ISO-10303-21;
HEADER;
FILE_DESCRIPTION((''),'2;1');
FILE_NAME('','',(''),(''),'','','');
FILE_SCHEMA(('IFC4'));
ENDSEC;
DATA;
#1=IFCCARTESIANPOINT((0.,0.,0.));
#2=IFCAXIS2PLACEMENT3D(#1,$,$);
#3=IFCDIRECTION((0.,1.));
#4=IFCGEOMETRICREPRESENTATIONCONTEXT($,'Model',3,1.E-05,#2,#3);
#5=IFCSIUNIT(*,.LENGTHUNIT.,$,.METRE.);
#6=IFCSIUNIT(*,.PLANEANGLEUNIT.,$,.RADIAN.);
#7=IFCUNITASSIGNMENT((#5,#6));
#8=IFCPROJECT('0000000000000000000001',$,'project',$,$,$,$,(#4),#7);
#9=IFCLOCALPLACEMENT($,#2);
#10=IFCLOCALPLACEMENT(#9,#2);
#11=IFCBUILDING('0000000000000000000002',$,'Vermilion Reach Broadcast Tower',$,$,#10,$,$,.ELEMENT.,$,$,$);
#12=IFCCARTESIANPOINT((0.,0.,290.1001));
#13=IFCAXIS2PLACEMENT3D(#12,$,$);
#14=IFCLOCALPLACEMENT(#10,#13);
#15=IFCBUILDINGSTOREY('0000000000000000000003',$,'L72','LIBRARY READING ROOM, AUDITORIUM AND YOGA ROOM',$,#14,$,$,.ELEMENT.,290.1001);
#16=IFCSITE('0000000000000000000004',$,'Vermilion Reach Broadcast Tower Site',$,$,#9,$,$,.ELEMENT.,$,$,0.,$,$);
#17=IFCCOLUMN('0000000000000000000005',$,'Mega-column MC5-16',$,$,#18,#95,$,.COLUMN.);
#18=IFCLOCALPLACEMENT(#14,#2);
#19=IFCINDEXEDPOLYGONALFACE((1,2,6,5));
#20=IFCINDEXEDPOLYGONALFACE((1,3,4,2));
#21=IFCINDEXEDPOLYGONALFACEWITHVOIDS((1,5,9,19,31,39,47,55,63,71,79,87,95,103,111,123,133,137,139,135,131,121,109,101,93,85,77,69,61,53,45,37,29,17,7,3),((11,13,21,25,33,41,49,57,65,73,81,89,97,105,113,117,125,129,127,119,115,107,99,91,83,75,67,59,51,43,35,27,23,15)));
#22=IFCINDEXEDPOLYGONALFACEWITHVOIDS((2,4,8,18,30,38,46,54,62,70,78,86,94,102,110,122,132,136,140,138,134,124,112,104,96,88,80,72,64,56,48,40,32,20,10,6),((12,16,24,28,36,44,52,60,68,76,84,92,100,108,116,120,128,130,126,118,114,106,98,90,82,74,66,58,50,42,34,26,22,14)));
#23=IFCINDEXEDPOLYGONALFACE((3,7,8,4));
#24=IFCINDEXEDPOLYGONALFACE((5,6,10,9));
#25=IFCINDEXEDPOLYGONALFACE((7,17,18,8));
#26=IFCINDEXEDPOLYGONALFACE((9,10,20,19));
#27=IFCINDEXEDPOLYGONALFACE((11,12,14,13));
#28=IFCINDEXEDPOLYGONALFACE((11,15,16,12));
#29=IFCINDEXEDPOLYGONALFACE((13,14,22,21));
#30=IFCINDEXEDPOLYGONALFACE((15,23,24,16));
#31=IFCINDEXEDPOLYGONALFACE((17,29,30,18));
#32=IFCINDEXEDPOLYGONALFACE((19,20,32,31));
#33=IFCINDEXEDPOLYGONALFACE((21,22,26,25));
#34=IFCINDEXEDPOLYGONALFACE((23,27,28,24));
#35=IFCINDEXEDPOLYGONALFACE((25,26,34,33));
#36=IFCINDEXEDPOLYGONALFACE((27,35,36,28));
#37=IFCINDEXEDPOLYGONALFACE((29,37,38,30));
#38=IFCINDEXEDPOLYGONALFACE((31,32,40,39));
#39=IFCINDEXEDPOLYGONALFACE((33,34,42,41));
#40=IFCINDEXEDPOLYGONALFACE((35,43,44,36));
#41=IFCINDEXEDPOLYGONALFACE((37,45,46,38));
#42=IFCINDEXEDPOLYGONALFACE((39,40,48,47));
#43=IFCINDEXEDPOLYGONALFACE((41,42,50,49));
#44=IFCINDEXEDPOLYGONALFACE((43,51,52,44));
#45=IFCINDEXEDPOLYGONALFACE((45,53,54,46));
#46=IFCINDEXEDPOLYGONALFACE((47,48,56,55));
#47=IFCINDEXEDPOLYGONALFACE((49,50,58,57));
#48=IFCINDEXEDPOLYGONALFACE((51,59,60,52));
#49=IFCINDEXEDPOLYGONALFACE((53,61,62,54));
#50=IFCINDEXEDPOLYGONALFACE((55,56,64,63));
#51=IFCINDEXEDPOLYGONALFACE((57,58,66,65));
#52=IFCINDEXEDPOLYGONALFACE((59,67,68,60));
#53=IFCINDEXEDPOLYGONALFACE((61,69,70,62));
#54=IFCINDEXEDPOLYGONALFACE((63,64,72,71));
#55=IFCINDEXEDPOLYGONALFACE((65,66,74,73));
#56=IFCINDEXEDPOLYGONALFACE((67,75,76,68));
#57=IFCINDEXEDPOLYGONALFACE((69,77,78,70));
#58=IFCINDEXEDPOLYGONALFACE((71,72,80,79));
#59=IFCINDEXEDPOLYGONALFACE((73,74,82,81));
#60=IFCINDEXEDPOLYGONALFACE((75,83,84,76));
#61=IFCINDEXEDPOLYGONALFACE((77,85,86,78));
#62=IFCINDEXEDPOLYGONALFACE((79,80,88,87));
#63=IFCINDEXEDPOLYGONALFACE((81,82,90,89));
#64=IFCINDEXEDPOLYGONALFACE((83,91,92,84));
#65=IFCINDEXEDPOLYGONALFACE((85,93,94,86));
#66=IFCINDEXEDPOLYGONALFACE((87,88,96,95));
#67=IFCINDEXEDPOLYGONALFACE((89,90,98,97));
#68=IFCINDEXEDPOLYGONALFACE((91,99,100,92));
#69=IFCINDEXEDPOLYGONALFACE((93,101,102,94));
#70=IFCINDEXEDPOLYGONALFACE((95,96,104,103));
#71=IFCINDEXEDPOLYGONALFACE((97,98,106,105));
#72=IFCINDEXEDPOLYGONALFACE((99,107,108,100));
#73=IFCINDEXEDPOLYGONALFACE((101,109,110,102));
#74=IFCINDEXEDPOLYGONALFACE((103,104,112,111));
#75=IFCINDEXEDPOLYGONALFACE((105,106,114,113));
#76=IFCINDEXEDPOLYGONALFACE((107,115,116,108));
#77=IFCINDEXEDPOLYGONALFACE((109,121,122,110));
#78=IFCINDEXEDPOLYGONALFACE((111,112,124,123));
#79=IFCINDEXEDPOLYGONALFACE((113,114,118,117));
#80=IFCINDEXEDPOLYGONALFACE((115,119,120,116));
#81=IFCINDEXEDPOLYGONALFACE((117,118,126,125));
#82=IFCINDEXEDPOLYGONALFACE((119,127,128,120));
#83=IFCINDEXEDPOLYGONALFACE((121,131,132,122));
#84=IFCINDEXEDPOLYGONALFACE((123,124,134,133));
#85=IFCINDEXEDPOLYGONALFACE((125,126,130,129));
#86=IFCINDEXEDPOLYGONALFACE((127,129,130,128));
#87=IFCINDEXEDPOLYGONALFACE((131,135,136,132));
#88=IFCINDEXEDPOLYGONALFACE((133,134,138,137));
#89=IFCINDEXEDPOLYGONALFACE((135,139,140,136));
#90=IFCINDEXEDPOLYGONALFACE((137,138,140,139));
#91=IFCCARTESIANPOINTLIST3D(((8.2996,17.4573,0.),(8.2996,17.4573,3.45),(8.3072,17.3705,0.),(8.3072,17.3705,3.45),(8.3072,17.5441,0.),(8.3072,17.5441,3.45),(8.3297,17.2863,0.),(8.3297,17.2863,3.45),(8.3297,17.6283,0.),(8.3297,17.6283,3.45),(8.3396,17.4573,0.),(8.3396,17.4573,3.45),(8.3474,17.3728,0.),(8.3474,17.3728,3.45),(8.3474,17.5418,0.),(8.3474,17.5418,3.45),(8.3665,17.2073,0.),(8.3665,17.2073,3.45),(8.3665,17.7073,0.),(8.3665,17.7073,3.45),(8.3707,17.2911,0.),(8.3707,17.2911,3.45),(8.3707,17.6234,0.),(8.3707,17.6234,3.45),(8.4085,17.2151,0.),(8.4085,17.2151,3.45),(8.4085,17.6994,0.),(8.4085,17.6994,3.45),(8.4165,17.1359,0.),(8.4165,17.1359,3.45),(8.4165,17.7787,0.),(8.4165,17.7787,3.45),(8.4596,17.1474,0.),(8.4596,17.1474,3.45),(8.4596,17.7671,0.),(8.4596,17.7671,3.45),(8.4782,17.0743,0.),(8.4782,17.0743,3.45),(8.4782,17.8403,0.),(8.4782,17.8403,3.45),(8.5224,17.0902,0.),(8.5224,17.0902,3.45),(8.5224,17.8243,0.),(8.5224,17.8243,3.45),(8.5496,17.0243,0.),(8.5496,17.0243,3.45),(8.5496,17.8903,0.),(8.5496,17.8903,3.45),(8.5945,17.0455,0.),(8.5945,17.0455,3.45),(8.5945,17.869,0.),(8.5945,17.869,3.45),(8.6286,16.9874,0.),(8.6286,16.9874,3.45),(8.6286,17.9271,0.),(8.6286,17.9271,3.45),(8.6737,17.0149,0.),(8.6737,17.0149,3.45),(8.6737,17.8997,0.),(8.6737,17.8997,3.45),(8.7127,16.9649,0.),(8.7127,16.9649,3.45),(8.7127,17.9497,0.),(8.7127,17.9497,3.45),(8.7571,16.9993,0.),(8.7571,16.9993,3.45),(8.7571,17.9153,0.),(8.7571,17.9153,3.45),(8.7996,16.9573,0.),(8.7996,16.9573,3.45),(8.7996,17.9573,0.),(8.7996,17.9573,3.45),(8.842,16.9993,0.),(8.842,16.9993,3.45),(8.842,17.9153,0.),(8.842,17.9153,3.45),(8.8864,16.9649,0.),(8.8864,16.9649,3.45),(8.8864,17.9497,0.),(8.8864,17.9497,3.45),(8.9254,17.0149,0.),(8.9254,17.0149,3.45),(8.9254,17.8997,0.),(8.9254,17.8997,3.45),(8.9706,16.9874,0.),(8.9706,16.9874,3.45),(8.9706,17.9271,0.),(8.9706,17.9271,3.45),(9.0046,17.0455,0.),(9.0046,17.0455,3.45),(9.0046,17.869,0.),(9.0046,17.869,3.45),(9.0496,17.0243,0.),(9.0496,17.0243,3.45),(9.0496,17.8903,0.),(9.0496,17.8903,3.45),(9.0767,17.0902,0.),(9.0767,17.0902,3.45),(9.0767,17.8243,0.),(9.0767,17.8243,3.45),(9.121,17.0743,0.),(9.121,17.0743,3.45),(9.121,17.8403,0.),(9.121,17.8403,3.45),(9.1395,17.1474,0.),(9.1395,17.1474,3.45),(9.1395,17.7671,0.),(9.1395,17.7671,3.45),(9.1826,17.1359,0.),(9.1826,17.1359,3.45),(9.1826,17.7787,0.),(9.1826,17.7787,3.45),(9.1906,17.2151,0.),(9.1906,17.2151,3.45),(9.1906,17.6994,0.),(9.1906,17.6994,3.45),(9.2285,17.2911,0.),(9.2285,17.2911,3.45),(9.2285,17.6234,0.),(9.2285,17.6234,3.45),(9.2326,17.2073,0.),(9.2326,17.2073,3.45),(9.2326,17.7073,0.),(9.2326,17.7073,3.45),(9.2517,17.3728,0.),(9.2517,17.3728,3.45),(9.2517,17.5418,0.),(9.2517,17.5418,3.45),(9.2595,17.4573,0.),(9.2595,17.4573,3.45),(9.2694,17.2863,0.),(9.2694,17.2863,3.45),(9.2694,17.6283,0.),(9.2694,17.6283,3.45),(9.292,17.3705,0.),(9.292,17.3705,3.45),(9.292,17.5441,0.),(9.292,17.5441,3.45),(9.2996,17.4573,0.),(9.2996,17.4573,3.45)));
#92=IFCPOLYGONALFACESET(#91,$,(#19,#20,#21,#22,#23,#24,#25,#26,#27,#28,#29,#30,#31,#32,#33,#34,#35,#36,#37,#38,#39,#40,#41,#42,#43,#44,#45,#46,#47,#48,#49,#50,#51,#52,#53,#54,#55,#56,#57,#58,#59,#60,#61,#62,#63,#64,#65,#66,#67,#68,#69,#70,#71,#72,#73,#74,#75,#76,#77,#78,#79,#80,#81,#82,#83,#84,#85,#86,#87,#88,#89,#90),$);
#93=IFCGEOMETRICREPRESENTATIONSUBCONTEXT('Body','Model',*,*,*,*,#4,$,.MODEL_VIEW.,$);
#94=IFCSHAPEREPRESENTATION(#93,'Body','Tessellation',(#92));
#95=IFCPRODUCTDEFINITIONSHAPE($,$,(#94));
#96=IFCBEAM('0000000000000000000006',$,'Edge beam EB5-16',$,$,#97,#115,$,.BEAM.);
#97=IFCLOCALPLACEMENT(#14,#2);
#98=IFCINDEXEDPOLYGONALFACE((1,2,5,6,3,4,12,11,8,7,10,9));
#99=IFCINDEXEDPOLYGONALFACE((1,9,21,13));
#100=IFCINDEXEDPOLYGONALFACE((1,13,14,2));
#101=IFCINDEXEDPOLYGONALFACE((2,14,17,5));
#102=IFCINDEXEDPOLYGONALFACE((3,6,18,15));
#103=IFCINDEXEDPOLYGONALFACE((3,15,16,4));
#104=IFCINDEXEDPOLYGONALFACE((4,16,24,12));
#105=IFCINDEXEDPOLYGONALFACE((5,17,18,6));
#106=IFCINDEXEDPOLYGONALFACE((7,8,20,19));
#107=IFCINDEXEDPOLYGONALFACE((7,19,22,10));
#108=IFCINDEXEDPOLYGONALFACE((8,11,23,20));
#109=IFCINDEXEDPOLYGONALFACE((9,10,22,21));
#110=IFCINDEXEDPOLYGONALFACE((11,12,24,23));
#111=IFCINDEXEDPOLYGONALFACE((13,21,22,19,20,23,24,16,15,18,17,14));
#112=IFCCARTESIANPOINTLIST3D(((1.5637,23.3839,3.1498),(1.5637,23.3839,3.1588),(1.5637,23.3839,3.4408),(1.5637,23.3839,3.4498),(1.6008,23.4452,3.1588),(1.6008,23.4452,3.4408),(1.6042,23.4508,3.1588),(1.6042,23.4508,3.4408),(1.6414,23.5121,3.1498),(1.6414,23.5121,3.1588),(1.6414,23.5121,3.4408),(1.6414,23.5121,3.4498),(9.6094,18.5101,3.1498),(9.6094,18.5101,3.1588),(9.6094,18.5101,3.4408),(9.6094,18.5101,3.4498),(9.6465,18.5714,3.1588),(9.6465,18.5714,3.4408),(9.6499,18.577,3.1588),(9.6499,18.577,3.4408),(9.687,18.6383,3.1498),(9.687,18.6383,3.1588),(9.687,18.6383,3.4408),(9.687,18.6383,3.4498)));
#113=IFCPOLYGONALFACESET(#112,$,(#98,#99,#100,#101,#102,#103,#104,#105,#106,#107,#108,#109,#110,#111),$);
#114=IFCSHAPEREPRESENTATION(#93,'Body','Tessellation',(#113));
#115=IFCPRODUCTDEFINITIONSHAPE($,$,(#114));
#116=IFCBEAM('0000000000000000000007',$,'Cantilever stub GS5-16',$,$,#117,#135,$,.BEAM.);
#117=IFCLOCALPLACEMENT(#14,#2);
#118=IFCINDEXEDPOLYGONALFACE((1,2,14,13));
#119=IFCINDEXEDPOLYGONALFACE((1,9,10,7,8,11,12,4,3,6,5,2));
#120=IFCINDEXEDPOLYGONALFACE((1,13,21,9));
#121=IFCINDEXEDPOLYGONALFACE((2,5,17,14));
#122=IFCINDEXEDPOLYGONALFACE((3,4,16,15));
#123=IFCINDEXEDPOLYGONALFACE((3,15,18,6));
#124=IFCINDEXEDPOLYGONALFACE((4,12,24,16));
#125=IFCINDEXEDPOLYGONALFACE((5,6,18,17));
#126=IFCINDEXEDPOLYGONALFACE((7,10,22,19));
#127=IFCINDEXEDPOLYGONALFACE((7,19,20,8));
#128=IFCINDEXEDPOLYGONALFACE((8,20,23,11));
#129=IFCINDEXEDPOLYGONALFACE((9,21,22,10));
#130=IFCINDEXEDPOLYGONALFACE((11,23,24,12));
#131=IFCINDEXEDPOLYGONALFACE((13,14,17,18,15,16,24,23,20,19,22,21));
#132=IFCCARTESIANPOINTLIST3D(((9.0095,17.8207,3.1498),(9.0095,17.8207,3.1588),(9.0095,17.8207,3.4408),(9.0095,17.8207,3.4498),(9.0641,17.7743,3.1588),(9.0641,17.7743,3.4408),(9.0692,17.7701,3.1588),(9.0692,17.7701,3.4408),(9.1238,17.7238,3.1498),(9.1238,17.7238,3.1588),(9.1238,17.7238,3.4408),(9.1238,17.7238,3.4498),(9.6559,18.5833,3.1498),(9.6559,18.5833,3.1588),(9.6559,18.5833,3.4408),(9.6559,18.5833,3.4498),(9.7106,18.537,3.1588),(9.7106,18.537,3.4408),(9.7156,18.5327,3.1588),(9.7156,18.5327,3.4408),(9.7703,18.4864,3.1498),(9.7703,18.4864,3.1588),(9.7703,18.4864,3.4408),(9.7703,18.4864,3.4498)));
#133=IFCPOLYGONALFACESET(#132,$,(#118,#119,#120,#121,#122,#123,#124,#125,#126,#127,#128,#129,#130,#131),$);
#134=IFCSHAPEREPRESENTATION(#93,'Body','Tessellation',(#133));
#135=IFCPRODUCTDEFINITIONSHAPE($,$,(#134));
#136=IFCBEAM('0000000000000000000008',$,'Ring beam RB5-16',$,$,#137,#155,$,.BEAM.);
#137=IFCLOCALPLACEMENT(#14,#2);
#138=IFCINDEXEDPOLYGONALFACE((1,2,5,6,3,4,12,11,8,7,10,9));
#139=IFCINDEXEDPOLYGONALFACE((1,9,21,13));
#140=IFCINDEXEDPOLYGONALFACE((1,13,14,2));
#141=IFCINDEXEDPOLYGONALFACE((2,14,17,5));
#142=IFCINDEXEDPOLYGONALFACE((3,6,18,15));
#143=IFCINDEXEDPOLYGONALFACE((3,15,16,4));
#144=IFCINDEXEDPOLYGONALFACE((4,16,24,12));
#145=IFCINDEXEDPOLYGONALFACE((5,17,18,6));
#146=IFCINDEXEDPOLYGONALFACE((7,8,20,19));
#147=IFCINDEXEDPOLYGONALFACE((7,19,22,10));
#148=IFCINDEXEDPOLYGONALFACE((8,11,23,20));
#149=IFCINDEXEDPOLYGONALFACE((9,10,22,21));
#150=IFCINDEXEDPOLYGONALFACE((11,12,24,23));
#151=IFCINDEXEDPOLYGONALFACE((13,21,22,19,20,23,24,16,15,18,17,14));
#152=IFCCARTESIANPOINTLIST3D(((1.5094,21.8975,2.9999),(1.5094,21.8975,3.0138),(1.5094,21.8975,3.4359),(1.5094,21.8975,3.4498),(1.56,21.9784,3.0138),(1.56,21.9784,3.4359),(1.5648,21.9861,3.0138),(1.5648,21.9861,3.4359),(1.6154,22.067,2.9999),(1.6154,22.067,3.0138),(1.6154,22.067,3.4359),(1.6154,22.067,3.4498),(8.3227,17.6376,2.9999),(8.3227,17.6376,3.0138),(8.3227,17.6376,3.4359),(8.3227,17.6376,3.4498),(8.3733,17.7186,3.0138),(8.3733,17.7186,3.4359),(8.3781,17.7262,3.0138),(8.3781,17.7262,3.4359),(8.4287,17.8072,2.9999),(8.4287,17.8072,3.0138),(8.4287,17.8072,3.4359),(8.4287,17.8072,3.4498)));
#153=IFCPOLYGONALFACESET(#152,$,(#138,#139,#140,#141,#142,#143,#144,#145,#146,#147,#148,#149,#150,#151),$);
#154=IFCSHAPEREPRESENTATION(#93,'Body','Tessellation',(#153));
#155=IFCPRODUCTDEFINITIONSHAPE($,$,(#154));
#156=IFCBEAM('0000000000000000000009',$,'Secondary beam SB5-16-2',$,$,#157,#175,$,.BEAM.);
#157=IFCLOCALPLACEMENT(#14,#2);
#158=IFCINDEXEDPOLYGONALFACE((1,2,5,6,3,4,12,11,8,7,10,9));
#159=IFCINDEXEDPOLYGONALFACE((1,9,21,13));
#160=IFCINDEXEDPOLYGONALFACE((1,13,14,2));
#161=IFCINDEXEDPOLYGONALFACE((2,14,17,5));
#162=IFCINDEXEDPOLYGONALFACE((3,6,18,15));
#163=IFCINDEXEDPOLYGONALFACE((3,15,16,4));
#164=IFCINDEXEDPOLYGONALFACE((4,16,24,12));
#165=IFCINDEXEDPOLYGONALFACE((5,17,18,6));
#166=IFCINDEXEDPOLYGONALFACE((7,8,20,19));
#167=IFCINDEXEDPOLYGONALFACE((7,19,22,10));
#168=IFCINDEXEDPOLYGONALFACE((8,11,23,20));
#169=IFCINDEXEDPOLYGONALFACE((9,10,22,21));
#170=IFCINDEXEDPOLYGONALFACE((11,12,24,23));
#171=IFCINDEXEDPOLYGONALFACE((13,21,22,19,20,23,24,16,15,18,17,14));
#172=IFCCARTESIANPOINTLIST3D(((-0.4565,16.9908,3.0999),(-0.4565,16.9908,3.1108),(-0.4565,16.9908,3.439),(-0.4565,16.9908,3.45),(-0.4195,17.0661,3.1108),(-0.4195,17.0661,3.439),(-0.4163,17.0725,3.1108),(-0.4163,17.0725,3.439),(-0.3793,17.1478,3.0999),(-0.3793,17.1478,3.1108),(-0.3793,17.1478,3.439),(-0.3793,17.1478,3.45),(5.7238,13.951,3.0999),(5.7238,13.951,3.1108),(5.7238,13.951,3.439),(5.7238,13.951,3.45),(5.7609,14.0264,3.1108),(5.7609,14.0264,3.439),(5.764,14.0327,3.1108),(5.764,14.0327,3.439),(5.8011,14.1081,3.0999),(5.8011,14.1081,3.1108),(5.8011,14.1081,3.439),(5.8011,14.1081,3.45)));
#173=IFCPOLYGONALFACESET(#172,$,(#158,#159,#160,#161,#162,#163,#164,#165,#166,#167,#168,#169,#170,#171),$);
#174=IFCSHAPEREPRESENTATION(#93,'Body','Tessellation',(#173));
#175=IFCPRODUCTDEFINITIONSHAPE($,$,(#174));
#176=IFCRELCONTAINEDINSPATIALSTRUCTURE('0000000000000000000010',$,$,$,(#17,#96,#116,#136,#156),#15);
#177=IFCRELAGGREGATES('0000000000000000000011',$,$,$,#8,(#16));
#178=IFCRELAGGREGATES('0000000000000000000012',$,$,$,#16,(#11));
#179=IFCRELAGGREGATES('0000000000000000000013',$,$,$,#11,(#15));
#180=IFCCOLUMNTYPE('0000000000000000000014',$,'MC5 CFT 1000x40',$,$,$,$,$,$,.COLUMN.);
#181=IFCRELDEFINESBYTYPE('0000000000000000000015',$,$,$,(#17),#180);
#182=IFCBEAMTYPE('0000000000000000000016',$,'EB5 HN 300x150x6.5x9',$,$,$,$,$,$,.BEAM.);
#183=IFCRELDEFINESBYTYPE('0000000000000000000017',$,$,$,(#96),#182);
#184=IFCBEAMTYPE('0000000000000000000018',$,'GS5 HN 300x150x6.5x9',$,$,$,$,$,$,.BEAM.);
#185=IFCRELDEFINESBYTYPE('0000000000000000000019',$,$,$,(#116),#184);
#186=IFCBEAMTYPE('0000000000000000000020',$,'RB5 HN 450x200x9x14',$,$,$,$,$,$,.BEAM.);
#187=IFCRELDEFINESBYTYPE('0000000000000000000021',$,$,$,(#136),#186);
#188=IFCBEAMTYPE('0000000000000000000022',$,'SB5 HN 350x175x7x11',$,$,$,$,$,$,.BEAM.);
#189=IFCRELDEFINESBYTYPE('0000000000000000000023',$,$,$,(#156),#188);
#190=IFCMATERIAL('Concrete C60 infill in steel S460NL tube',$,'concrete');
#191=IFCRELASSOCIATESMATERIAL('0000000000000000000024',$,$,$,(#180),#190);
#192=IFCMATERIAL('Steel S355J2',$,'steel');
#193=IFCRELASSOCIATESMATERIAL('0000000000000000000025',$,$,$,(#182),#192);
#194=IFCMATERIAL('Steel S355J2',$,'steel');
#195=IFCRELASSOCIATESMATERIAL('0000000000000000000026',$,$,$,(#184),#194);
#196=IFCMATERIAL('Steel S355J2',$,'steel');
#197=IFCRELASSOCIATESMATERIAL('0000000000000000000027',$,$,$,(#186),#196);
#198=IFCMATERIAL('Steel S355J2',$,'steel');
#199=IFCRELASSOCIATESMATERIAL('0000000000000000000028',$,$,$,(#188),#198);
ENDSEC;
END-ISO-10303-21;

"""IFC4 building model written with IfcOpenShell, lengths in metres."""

from ifc_helpers import new_model, si_unit, direction, frame, origin, origin_2d, place, context, subcontext, project, spatial, hollow_circle, i_section, extrude, material, material_profile, profile_set, type_object, element, save


model = new_model("IFC4")

# Units and contexts
model_context = context("Model", 3, precision=1e-05, world=origin(), true_north=direction((0.0, 1.0)))
body_context = subcontext(model_context, "Body", "Model", "MODEL_VIEW")
ifc_project = project(units=[si_unit("LENGTHUNIT", "METRE"), si_unit("PLANEANGLEUNIT", "RADIAN")], contexts=[model_context])

# Site, building, storey
site_placement = place(None, origin())
site = spatial("IfcSite", under=ifc_project, at=site_placement, Name="Vermilion Reach Broadcast Tower Site", CompositionType="ELEMENT", RefElevation=0.0)
building_placement = place(site_placement, origin())
building = spatial("IfcBuilding", under=site, at=building_placement, Name="Vermilion Reach Broadcast Tower", CompositionType="ELEMENT")
storey_placement = place(building_placement, frame((0.0, 0.0, 290.1001)))
storey = spatial("IfcBuildingStorey", under=building, at=storey_placement, Name="L72", Description="LIBRARY READING ROOM, AUDITORIUM AND YOGA ROOM", CompositionType="ELEMENT", Elevation=290.1001)

# Column
ifc_material_1 = material(Name="Concrete C60 infill in steel S460NL tube", Category="concrete")
ifc_material_profile_1 = material_profile(ifc_material_1, hollow_circle(Radius=0.5, WallThickness=0.04, at=origin_2d()), Name="Concrete C60 infill in steel S460NL tube CFT 1000x40")
ifc_profile_set_1 = profile_set([ifc_material_profile_1], Name="Concrete C60 infill in steel S460NL tube")
column_type = type_object("IfcColumnType", Name="MC5 CFT 1000x40", PredefinedType="COLUMN", material=ifc_profile_set_1)
column_placement = place(storey_placement, frame((8.7996, 17.4573, 0.0), z_axis=(0.0, 0.0, 1.0), x_axis=(1.0, 0.0, 0.0)))
element("IfcColumn", 1, at=column_placement, inside=storey, type_object=column_type, Name="Mega-column MC5-16", PredefinedType="COLUMN", context=body_context, shape_type="SweptSolid", body=[
    extrude(hollow_circle(Radius=0.5, WallThickness=0.04, at=origin_2d()), origin(), (0.0, 0.0, 1.0), 3.45),
])

# Beams
ifc_material_2 = material(Name="Steel S355J2", Category="steel")
ifc_material_profile_2 = material_profile(ifc_material_2, i_section(OverallWidth=0.1499, OverallDepth=0.3, WebThickness=0.0066, FlangeThickness=0.009, at=origin_2d()), Name="S355J2 HN 300x150x6.5x9")
ifc_profile_set_2 = profile_set([ifc_material_profile_2], Name="Steel S355J2")
beam_type_1 = type_object("IfcBeamType", Name="EB5 HN 300x150x6.5x9", PredefinedType="BEAM", material=ifc_profile_set_2)
beam_1_placement = place(storey_placement, frame((9.6482, 18.5742, 3.2998), z_axis=(-0.85531, 0.518117, 0.0), x_axis=(-0.518117, -0.85531, 0.0)))
element("IfcBeam", 2, at=beam_1_placement, inside=storey, type_object=beam_type_1, Name="Edge beam EB5-16", PredefinedType="BEAM", context=body_context, shape_type="SweptSolid", body=[
    extrude(i_section(OverallWidth=0.1499, OverallDepth=0.3, WebThickness=0.0066, FlangeThickness=0.009, at=origin_2d()), origin(), (0.0, 0.0, 1.0), 9.4067),
])
ifc_material_3 = material(Name="Steel S355J2", Category="steel")
ifc_material_profile_3 = material_profile(ifc_material_3, i_section(OverallWidth=0.1499, OverallDepth=0.3, WebThickness=0.0066, FlangeThickness=0.009, at=origin_2d()), Name="S355J2 HN 300x150x6.5x9")
ifc_profile_set_3 = profile_set([ifc_material_profile_3], Name="Steel S355J2")
beam_type_2 = type_object("IfcBeamType", Name="GS5 HN 300x150x6.5x9", PredefinedType="BEAM", material=ifc_profile_set_3)
beam_2_placement = place(storey_placement, frame((9.0667, 17.7722, 3.2998), z_axis=(0.646599, 0.76283, 0.0), x_axis=(-0.76283, 0.646599, 0.0)))
element("IfcBeam", 3, at=beam_2_placement, inside=storey, type_object=beam_type_2, Name="Cantilever stub GS5-16", PredefinedType="BEAM", context=body_context, shape_type="SweptSolid", body=[
    extrude(i_section(OverallWidth=0.1499, OverallDepth=0.3, WebThickness=0.0066, FlangeThickness=0.009, at=origin_2d()), origin(), (0.0, 0.0, 1.0), 0.9998),
])
ifc_material_4 = material(Name="Steel S355J2", Category="steel")
ifc_material_profile_4 = material_profile(ifc_material_4, i_section(OverallWidth=0.2, OverallDepth=0.45, WebThickness=0.009, FlangeThickness=0.0139, at=origin_2d()), Name="S355J2 HN 450x200x9x14")
ifc_profile_set_4 = profile_set([ifc_material_profile_4], Name="Steel S355J2")
beam_type_3 = type_object("IfcBeamType", Name="RB5 HN 450x200x9x14", PredefinedType="BEAM", material=ifc_profile_set_4)
beam_3_placement = place(storey_placement, frame((8.3757, 17.7224, 3.2249), z_axis=(-0.847915, 0.530133, 0.0), x_axis=(-0.530133, -0.847915, 0.0)))
element("IfcBeam", 4, at=beam_3_placement, inside=storey, type_object=beam_type_3, Name="Ring beam RB5-16", PredefinedType="BEAM", context=body_context, shape_type="SweptSolid", body=[
    extrude(i_section(OverallWidth=0.2, OverallDepth=0.45, WebThickness=0.009, FlangeThickness=0.0139, at=origin_2d()), origin(), (0.0, 0.0, 1.0), 8.0354),
])
ifc_material_5 = material(Name="Steel S355J2", Category="steel")
ifc_material_profile_5 = material_profile(ifc_material_5, i_section(OverallWidth=0.175, OverallDepth=0.3501, WebThickness=0.0071, FlangeThickness=0.011, at=origin_2d()), Name="S355J2 HN 350x175x7x11")
ifc_profile_set_5 = profile_set([ifc_material_profile_5], Name="Steel S355J2")
beam_type_4 = type_object("IfcBeamType", Name="SB5 HN 350x175x7x11", PredefinedType="BEAM", material=ifc_profile_set_5)
beam_4_placement = place(storey_placement, frame((5.7625, 14.0295, 3.2749), z_axis=(-0.897336, 0.441348, 0.0), x_axis=(-0.441348, -0.897336, 0.0)))
element("IfcBeam", 5, at=beam_4_placement, inside=storey, type_object=beam_type_4, Name="Secondary beam SB5-16-2", PredefinedType="BEAM", context=body_context, shape_type="SweptSolid", body=[
    extrude(i_section(OverallWidth=0.175, OverallDepth=0.3501, WebThickness=0.0071, FlangeThickness=0.011, at=origin_2d()), origin(), (0.0, 0.0, 1.0), 6.8875),
])

save(model, "model.ifc")
